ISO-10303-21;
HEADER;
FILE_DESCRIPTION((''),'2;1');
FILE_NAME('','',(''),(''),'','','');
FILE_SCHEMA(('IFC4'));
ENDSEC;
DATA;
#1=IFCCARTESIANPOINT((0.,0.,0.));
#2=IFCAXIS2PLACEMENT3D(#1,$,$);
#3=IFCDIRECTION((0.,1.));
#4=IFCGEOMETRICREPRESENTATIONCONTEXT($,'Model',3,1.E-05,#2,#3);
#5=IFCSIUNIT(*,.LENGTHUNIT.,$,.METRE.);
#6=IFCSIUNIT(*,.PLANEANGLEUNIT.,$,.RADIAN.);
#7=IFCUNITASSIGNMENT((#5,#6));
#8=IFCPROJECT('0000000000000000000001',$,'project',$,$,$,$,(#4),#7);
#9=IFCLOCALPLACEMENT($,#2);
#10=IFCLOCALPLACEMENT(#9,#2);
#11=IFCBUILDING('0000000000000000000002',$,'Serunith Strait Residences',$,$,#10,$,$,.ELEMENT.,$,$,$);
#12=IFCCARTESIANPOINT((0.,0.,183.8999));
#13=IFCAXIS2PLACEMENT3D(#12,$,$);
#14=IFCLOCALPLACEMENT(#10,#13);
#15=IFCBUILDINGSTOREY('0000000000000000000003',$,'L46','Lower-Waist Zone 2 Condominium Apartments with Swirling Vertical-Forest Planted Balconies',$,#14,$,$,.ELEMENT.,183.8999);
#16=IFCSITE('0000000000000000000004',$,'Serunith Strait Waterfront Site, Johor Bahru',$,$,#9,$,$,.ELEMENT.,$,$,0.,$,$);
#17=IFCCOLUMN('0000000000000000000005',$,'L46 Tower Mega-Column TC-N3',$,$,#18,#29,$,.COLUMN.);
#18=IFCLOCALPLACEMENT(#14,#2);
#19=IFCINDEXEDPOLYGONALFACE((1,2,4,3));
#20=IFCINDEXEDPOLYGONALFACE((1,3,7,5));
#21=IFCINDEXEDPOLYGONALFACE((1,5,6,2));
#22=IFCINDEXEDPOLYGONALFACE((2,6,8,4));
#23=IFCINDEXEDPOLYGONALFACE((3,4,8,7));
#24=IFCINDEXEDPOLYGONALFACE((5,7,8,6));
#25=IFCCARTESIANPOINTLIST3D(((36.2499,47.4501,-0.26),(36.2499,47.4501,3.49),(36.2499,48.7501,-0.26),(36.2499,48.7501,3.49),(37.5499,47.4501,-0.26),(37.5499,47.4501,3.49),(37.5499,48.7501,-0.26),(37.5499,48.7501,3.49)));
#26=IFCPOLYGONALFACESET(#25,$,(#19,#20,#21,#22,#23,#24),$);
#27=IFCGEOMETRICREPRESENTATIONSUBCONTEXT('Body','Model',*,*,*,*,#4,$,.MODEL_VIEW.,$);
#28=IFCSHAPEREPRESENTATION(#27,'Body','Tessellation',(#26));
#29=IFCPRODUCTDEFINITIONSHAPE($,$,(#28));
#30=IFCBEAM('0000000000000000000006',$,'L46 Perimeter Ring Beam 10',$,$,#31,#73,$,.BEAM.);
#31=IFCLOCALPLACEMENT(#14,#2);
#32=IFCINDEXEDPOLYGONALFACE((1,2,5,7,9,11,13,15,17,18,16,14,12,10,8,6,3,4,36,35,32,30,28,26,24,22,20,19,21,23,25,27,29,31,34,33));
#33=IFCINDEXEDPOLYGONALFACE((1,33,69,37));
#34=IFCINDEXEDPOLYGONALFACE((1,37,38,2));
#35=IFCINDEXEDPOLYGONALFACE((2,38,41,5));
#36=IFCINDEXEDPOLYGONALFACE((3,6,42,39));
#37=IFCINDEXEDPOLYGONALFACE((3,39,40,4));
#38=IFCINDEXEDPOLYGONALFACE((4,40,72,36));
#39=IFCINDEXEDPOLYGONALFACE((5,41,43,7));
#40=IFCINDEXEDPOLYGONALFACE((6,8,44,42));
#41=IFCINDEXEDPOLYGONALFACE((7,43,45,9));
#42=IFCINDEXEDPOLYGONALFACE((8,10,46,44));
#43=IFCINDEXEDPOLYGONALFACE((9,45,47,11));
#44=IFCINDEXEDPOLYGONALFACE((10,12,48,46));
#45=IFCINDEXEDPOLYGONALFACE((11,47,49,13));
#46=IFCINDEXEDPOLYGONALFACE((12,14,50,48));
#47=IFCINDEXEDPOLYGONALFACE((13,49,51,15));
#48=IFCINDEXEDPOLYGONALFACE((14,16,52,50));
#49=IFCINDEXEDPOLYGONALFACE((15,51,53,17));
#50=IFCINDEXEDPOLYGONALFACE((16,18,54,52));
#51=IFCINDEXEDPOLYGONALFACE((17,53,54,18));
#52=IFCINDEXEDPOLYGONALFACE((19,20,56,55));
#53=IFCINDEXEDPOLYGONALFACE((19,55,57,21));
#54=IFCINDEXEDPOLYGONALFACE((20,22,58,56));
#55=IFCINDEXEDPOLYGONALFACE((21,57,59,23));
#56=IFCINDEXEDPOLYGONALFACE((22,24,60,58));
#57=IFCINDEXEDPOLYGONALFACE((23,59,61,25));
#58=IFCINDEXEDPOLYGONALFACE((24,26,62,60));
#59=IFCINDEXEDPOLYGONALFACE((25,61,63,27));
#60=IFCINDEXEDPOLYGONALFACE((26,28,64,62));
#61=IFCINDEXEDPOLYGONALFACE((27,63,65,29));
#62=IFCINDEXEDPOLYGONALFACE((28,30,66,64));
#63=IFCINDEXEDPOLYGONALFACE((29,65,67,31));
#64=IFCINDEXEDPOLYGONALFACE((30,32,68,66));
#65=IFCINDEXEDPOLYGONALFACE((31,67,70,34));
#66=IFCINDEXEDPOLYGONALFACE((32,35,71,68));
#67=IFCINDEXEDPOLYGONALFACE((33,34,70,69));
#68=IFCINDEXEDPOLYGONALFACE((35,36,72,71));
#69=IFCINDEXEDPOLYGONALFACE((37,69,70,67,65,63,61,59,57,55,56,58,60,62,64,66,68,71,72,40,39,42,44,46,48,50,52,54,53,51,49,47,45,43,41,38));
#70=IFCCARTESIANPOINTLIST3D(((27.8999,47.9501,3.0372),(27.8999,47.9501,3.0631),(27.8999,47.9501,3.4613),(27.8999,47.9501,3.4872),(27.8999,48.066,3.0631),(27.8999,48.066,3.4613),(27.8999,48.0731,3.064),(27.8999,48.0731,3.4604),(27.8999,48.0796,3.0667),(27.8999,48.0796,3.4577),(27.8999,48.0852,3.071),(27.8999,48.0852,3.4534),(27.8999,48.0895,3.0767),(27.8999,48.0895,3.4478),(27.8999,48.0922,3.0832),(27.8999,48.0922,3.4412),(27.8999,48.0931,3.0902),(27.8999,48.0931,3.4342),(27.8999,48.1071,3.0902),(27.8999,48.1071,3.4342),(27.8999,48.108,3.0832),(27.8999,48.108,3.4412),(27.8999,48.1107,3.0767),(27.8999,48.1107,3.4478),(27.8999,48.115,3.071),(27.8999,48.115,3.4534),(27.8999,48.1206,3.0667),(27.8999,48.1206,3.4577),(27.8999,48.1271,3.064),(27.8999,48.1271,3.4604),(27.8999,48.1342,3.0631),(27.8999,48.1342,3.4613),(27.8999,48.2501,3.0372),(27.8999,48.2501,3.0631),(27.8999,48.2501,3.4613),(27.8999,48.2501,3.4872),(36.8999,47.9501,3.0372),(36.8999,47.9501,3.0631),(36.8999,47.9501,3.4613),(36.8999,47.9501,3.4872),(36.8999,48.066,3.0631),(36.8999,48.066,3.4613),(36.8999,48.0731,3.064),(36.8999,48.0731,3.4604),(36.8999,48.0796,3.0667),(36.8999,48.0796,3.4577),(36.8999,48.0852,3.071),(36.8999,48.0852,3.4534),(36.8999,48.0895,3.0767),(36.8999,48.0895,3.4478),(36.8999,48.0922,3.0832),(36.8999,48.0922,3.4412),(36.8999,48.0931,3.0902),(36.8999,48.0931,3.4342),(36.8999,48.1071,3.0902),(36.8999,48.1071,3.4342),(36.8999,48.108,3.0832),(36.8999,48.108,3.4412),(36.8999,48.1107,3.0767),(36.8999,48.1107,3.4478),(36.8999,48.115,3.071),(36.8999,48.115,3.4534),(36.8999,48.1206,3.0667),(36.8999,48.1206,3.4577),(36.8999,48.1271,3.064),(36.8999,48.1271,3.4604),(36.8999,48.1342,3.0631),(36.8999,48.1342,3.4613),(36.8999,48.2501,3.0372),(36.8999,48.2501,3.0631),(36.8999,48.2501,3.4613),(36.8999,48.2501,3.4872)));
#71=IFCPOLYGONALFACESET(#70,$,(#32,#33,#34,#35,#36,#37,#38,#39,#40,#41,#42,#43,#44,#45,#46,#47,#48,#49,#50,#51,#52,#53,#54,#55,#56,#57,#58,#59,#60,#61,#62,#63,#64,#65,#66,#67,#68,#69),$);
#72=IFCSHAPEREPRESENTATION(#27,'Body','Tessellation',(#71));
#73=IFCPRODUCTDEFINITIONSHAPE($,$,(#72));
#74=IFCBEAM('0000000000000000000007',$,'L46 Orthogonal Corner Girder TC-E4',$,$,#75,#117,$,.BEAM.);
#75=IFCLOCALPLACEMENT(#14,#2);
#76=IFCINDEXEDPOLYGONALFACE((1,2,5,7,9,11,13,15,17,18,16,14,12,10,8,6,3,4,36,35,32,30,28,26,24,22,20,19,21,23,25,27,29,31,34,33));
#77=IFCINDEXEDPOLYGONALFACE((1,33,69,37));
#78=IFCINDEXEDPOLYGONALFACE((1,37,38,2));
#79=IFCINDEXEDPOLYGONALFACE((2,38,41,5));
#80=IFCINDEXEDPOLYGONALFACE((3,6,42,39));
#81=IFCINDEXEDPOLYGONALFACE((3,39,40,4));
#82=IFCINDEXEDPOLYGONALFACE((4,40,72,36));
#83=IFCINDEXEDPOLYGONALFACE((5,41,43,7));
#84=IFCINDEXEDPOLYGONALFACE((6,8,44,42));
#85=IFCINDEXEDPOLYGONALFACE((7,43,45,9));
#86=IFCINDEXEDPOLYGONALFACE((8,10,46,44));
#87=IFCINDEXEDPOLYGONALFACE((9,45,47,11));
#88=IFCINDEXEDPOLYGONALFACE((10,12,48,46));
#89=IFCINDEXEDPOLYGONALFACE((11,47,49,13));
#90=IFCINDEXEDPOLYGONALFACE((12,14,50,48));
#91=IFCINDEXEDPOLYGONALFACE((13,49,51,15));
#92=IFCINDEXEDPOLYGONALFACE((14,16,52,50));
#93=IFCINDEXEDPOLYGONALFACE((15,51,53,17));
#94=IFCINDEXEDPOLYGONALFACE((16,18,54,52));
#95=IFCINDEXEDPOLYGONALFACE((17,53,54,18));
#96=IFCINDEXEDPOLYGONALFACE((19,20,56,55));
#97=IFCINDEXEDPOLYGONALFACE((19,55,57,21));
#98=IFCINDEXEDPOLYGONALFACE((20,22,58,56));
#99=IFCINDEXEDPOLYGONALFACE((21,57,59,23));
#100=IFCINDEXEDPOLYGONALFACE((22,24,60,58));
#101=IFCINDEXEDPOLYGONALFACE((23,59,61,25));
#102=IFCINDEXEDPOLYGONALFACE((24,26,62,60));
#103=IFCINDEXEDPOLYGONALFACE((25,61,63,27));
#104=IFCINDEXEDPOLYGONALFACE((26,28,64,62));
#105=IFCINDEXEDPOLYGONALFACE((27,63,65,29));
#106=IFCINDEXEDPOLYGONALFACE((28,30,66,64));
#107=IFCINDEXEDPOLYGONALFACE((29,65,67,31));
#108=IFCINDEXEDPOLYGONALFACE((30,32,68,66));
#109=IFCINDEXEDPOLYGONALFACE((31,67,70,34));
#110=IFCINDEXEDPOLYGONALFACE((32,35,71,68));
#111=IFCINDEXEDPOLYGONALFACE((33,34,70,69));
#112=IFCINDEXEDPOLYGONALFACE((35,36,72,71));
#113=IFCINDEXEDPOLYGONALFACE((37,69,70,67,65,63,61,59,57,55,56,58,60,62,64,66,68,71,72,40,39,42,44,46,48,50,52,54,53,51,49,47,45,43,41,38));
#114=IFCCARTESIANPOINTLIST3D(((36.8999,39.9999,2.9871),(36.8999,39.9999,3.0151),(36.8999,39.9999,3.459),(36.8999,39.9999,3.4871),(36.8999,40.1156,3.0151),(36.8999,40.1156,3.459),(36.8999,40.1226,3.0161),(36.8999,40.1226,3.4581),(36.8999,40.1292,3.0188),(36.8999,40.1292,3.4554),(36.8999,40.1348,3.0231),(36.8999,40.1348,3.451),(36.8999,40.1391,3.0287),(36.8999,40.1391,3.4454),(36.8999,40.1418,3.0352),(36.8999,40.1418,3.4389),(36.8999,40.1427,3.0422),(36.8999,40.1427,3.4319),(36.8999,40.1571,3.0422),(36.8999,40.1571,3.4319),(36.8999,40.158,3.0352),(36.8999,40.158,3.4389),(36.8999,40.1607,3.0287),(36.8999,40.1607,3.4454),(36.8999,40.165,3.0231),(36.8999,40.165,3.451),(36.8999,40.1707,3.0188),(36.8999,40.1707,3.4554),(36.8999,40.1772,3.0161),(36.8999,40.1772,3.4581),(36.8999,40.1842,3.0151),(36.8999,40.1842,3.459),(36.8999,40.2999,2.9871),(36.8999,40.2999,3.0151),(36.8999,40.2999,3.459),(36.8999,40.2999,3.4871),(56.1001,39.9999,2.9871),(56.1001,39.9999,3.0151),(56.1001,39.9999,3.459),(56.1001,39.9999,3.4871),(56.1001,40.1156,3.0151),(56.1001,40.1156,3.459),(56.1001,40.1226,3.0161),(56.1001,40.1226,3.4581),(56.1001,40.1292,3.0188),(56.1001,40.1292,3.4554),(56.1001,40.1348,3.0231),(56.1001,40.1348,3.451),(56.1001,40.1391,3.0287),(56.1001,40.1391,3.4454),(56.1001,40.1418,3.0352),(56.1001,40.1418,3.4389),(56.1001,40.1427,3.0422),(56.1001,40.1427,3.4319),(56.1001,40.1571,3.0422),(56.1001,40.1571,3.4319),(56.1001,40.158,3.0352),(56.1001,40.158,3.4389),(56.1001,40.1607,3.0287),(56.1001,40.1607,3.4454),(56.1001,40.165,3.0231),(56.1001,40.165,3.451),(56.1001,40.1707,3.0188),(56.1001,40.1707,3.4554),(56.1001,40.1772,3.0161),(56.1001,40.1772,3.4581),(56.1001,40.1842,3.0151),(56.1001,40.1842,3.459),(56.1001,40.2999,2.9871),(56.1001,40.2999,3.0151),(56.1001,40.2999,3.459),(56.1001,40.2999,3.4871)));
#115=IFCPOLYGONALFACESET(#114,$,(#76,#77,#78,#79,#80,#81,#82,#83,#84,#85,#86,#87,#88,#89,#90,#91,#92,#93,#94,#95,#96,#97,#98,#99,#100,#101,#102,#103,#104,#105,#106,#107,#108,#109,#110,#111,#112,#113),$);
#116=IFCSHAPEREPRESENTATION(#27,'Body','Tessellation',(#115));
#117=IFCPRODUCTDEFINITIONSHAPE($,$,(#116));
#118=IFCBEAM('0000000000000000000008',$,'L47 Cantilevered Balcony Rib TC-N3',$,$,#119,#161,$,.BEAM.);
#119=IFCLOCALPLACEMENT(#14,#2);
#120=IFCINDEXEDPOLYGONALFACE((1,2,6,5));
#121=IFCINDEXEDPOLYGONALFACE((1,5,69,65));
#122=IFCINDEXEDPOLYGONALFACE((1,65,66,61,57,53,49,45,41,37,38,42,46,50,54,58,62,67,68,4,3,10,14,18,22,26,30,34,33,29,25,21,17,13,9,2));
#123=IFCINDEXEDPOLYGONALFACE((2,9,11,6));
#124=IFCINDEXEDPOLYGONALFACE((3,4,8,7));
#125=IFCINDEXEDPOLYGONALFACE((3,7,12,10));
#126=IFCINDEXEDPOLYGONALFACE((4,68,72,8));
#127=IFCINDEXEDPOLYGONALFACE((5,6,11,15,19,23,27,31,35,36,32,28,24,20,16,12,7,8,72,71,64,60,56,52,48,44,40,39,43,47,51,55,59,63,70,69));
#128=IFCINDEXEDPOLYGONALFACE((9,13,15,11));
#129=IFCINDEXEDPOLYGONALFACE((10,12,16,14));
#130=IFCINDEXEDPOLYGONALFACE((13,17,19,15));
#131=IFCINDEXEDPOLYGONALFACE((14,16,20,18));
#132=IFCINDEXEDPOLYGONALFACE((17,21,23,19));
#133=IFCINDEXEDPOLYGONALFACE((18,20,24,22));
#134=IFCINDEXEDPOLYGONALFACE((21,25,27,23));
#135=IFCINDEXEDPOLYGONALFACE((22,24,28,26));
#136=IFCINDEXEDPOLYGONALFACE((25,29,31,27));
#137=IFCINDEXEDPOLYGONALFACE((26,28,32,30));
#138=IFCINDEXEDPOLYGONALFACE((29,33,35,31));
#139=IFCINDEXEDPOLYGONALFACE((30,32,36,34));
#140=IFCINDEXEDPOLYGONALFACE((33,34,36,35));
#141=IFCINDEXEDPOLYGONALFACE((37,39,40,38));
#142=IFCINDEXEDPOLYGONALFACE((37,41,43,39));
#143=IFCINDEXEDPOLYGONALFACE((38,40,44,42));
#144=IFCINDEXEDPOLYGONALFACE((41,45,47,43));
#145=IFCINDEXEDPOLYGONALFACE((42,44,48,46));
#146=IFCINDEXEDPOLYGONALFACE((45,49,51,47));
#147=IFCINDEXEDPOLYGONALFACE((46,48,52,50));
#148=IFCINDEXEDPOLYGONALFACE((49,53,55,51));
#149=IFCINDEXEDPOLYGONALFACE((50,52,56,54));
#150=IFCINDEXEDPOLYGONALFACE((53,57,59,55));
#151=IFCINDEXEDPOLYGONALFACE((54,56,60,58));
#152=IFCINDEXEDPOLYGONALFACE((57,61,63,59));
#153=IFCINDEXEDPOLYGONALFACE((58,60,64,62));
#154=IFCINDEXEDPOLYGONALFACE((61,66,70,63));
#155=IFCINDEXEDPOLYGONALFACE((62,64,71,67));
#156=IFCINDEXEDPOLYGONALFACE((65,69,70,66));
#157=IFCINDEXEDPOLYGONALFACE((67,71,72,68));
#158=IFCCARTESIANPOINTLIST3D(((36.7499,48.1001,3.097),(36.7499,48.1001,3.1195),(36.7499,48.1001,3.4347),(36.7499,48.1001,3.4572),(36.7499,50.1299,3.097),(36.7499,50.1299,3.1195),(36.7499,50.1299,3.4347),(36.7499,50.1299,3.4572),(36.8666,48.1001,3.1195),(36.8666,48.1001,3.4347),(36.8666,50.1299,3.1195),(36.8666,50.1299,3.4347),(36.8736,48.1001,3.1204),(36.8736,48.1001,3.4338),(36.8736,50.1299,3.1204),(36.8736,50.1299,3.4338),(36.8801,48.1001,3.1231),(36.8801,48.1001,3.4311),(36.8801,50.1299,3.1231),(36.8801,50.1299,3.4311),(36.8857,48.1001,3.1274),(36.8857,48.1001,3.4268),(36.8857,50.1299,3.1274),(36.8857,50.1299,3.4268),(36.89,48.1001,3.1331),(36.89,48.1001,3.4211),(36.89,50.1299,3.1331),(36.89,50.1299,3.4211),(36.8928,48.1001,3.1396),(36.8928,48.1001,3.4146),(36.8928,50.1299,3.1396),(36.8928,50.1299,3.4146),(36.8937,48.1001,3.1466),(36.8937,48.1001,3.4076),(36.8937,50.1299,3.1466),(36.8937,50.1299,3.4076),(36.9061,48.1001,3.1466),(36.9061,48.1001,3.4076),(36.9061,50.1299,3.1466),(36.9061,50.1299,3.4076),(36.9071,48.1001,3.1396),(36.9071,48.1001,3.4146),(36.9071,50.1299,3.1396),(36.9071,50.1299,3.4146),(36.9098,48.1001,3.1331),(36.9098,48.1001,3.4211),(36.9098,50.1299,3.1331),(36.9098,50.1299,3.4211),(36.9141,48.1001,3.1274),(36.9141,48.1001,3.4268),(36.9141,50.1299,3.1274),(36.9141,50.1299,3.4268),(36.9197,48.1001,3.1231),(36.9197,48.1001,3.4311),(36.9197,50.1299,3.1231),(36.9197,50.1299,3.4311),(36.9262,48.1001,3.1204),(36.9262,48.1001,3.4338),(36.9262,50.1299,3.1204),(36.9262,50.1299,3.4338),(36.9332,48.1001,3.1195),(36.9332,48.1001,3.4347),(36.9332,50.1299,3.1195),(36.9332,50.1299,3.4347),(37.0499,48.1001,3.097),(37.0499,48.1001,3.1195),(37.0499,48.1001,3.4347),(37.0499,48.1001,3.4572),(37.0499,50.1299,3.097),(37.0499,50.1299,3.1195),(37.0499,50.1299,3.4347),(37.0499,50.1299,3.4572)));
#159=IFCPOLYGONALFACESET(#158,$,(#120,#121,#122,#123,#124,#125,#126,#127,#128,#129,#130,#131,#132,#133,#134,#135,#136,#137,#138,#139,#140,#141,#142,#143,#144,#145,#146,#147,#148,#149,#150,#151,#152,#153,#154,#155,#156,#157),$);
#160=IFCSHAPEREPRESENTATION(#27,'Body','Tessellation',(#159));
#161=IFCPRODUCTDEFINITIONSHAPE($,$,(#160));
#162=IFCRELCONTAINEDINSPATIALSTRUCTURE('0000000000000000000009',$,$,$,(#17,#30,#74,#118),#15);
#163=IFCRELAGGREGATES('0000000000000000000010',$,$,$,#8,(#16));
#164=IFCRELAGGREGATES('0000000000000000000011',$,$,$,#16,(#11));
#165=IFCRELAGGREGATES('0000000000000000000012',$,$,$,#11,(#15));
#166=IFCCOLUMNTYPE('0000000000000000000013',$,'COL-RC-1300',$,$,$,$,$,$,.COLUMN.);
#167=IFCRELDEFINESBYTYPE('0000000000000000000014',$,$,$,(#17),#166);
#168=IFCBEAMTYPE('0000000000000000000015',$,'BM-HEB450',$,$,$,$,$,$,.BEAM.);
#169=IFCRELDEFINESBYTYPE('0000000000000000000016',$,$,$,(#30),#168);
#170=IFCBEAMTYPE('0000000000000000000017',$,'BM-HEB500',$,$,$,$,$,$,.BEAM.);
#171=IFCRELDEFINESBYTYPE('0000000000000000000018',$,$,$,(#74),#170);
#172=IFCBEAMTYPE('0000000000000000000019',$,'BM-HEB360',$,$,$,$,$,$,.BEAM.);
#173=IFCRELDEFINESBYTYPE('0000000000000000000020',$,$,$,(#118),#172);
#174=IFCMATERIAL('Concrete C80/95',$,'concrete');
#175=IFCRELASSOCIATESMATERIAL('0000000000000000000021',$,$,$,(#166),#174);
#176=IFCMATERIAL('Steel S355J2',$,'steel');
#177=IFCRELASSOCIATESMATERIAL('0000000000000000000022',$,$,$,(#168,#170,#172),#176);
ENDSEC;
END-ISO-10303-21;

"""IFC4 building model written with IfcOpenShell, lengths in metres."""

from ifc_helpers import new_model, si_unit, direction, frame, origin, origin_2d, place, context, subcontext, project, spatial, rectangle, i_section, extrude, source, transform, mapped, material, material_profile, profile_set, type_object, element, save


model = new_model("IFC4")

# Units and contexts
model_context = context("Model", 3, precision=1e-05, world=origin(), true_north=direction((0.0, 1.0)))
body_context = subcontext(model_context, "Body", "Model", "MODEL_VIEW")
ifc_project = project(units=[si_unit("LENGTHUNIT", "METRE"), si_unit("PLANEANGLEUNIT", "RADIAN")], contexts=[model_context])

# Site, building, storey
site_placement = place(None, origin())
site = spatial("IfcSite", under=ifc_project, at=site_placement, Name="Serunith Strait Waterfront Site, Johor Bahru", CompositionType="ELEMENT", RefElevation=0.0)
building_placement = place(site_placement, origin())
building = spatial("IfcBuilding", under=site, at=building_placement, Name="Serunith Strait Residences", CompositionType="ELEMENT")
storey_placement = place(building_placement, frame((0.0, 0.0, 183.8999)))
storey = spatial("IfcBuildingStorey", under=building, at=storey_placement, Name="L46", Description="Lower-Waist Zone 2 Condominium Apartments with Swirling Vertical-Forest Planted Balconies", CompositionType="ELEMENT", Elevation=183.8999)

# Column
ifc_material_1 = material(Name="Concrete C80/95", Category="concrete")
ifc_material_profile_1 = material_profile(ifc_material_1, rectangle(XDim=1.3, YDim=1.3, at=origin_2d()), Name="RC 1300x1300")
ifc_profile_set_1 = profile_set([ifc_material_profile_1], Name="Concrete C80/95")
column_type = type_object("IfcColumnType", Name="COL-RC-1300", PredefinedType="COLUMN", material=ifc_profile_set_1)
shared_shape_1 = source(origin(), body_context, "Body", "SweptSolid", [
    extrude(rectangle(XDim=1.3, YDim=1.3, at=origin_2d()), origin(), (0.0, 0.0, 1.0), 3.75),
])
column_placement = place(storey_placement, frame((36.8999, 48.1001, -0.26), z_axis=(0.0, 0.0, 1.0), x_axis=(1.0, 0.0, 0.0)))
element("IfcColumn", 1, at=column_placement, inside=storey, type_object=column_type, Name="L46 Tower Mega-Column TC-N3", PredefinedType="COLUMN", context=body_context, shape_type="MappedRepresentation", body=[
    mapped(shared_shape_1, transform((0.0, 0.0, 0.0), scale=1.0)),
])

# Beams
ifc_material_2 = material(Name="Steel S355J2", Category="steel")
ifc_material_profile_2 = material_profile(ifc_material_2, i_section(OverallWidth=0.3, OverallDepth=0.45, WebThickness=0.0139, FlangeThickness=0.0259, FilletRadius=0.0271, at=origin_2d()), Name="HEB 450")
ifc_profile_set_2 = profile_set([ifc_material_profile_2], Name="Steel S355J2")
beam_type_1 = type_object("IfcBeamType", Name="BM-HEB450", PredefinedType="BEAM", material=ifc_profile_set_2)
shared_shape_2 = source(origin(), body_context, "Body", "SweptSolid", [
    extrude(i_section(OverallWidth=0.3, OverallDepth=0.45, WebThickness=0.0139, FlangeThickness=0.0259, FilletRadius=0.0271, at=origin_2d()), origin(), (0.0, 0.0, 1.0), 9.0),
])
beam_1_placement = place(storey_placement, frame((36.8999, 48.1001, 3.2622), z_axis=(-1.0, 0.0, 0.0), x_axis=(0.0, -1.0, 0.0)))
element("IfcBeam", 2, at=beam_1_placement, inside=storey, type_object=beam_type_1, Name="L46 Perimeter Ring Beam 10", PredefinedType="BEAM", context=body_context, shape_type="MappedRepresentation", body=[
    mapped(shared_shape_2, transform((0.0, 0.0, 0.0), scale=1.0)),
])
ifc_material_profile_3 = material_profile(ifc_material_2, i_section(OverallWidth=0.3, OverallDepth=0.5, WebThickness=0.0144, FlangeThickness=0.0281, FilletRadius=0.0271, at=origin_2d()), Name="HEB 500")
ifc_profile_set_3 = profile_set([ifc_material_profile_3], Name="Steel S355J2")
beam_type_2 = type_object("IfcBeamType", Name="BM-HEB500", PredefinedType="BEAM", material=ifc_profile_set_3)
shared_shape_3 = source(origin(), body_context, "Body", "SweptSolid", [
    extrude(i_section(OverallWidth=0.3, OverallDepth=0.5, WebThickness=0.0144, FlangeThickness=0.0281, FilletRadius=0.0271, at=origin_2d()), origin(), (0.0, 0.0, 1.0), 19.2002),
])
beam_2_placement = place(storey_placement, frame((36.8999, 40.1499, 3.2371), z_axis=(1.0, 0.0, 0.0), x_axis=(0.0, 1.0, 0.0)))
element("IfcBeam", 3, at=beam_2_placement, inside=storey, type_object=beam_type_2, Name="L46 Orthogonal Corner Girder TC-E4", PredefinedType="BEAM", context=body_context, shape_type="MappedRepresentation", body=[
    mapped(shared_shape_3, transform((0.0, 0.0, 0.0), scale=1.0)),
])
ifc_material_profile_4 = material_profile(ifc_material_2, i_section(OverallWidth=0.3, OverallDepth=0.3601, WebThickness=0.0125, FlangeThickness=0.0225, FilletRadius=0.0271, at=origin_2d()), Name="HEB 360")
ifc_profile_set_4 = profile_set([ifc_material_profile_4], Name="Steel S355J2")
beam_type_3 = type_object("IfcBeamType", Name="BM-HEB360", PredefinedType="BEAM", material=ifc_profile_set_4)
shared_shape_4 = source(origin(), body_context, "Body", "SweptSolid", [
    extrude(i_section(OverallWidth=0.3, OverallDepth=0.3601, WebThickness=0.0125, FlangeThickness=0.0225, FilletRadius=0.0271, at=origin_2d()), origin(), (0.0, 0.0, 1.0), 2.0298),
])
beam_3_placement = place(storey_placement, frame((36.8999, 48.1001, 3.2771), z_axis=(0.0, 1.0, 0.0), x_axis=(-1.0, 0.0, 0.0)))
element("IfcBeam", 4, at=beam_3_placement, inside=storey, type_object=beam_type_3, Name="L47 Cantilevered Balcony Rib TC-N3", PredefinedType="BEAM", context=body_context, shape_type="MappedRepresentation", body=[
    mapped(shared_shape_4, transform((0.0, 0.0, 0.0), scale=1.0)),
])

save(model, "model.ifc")
